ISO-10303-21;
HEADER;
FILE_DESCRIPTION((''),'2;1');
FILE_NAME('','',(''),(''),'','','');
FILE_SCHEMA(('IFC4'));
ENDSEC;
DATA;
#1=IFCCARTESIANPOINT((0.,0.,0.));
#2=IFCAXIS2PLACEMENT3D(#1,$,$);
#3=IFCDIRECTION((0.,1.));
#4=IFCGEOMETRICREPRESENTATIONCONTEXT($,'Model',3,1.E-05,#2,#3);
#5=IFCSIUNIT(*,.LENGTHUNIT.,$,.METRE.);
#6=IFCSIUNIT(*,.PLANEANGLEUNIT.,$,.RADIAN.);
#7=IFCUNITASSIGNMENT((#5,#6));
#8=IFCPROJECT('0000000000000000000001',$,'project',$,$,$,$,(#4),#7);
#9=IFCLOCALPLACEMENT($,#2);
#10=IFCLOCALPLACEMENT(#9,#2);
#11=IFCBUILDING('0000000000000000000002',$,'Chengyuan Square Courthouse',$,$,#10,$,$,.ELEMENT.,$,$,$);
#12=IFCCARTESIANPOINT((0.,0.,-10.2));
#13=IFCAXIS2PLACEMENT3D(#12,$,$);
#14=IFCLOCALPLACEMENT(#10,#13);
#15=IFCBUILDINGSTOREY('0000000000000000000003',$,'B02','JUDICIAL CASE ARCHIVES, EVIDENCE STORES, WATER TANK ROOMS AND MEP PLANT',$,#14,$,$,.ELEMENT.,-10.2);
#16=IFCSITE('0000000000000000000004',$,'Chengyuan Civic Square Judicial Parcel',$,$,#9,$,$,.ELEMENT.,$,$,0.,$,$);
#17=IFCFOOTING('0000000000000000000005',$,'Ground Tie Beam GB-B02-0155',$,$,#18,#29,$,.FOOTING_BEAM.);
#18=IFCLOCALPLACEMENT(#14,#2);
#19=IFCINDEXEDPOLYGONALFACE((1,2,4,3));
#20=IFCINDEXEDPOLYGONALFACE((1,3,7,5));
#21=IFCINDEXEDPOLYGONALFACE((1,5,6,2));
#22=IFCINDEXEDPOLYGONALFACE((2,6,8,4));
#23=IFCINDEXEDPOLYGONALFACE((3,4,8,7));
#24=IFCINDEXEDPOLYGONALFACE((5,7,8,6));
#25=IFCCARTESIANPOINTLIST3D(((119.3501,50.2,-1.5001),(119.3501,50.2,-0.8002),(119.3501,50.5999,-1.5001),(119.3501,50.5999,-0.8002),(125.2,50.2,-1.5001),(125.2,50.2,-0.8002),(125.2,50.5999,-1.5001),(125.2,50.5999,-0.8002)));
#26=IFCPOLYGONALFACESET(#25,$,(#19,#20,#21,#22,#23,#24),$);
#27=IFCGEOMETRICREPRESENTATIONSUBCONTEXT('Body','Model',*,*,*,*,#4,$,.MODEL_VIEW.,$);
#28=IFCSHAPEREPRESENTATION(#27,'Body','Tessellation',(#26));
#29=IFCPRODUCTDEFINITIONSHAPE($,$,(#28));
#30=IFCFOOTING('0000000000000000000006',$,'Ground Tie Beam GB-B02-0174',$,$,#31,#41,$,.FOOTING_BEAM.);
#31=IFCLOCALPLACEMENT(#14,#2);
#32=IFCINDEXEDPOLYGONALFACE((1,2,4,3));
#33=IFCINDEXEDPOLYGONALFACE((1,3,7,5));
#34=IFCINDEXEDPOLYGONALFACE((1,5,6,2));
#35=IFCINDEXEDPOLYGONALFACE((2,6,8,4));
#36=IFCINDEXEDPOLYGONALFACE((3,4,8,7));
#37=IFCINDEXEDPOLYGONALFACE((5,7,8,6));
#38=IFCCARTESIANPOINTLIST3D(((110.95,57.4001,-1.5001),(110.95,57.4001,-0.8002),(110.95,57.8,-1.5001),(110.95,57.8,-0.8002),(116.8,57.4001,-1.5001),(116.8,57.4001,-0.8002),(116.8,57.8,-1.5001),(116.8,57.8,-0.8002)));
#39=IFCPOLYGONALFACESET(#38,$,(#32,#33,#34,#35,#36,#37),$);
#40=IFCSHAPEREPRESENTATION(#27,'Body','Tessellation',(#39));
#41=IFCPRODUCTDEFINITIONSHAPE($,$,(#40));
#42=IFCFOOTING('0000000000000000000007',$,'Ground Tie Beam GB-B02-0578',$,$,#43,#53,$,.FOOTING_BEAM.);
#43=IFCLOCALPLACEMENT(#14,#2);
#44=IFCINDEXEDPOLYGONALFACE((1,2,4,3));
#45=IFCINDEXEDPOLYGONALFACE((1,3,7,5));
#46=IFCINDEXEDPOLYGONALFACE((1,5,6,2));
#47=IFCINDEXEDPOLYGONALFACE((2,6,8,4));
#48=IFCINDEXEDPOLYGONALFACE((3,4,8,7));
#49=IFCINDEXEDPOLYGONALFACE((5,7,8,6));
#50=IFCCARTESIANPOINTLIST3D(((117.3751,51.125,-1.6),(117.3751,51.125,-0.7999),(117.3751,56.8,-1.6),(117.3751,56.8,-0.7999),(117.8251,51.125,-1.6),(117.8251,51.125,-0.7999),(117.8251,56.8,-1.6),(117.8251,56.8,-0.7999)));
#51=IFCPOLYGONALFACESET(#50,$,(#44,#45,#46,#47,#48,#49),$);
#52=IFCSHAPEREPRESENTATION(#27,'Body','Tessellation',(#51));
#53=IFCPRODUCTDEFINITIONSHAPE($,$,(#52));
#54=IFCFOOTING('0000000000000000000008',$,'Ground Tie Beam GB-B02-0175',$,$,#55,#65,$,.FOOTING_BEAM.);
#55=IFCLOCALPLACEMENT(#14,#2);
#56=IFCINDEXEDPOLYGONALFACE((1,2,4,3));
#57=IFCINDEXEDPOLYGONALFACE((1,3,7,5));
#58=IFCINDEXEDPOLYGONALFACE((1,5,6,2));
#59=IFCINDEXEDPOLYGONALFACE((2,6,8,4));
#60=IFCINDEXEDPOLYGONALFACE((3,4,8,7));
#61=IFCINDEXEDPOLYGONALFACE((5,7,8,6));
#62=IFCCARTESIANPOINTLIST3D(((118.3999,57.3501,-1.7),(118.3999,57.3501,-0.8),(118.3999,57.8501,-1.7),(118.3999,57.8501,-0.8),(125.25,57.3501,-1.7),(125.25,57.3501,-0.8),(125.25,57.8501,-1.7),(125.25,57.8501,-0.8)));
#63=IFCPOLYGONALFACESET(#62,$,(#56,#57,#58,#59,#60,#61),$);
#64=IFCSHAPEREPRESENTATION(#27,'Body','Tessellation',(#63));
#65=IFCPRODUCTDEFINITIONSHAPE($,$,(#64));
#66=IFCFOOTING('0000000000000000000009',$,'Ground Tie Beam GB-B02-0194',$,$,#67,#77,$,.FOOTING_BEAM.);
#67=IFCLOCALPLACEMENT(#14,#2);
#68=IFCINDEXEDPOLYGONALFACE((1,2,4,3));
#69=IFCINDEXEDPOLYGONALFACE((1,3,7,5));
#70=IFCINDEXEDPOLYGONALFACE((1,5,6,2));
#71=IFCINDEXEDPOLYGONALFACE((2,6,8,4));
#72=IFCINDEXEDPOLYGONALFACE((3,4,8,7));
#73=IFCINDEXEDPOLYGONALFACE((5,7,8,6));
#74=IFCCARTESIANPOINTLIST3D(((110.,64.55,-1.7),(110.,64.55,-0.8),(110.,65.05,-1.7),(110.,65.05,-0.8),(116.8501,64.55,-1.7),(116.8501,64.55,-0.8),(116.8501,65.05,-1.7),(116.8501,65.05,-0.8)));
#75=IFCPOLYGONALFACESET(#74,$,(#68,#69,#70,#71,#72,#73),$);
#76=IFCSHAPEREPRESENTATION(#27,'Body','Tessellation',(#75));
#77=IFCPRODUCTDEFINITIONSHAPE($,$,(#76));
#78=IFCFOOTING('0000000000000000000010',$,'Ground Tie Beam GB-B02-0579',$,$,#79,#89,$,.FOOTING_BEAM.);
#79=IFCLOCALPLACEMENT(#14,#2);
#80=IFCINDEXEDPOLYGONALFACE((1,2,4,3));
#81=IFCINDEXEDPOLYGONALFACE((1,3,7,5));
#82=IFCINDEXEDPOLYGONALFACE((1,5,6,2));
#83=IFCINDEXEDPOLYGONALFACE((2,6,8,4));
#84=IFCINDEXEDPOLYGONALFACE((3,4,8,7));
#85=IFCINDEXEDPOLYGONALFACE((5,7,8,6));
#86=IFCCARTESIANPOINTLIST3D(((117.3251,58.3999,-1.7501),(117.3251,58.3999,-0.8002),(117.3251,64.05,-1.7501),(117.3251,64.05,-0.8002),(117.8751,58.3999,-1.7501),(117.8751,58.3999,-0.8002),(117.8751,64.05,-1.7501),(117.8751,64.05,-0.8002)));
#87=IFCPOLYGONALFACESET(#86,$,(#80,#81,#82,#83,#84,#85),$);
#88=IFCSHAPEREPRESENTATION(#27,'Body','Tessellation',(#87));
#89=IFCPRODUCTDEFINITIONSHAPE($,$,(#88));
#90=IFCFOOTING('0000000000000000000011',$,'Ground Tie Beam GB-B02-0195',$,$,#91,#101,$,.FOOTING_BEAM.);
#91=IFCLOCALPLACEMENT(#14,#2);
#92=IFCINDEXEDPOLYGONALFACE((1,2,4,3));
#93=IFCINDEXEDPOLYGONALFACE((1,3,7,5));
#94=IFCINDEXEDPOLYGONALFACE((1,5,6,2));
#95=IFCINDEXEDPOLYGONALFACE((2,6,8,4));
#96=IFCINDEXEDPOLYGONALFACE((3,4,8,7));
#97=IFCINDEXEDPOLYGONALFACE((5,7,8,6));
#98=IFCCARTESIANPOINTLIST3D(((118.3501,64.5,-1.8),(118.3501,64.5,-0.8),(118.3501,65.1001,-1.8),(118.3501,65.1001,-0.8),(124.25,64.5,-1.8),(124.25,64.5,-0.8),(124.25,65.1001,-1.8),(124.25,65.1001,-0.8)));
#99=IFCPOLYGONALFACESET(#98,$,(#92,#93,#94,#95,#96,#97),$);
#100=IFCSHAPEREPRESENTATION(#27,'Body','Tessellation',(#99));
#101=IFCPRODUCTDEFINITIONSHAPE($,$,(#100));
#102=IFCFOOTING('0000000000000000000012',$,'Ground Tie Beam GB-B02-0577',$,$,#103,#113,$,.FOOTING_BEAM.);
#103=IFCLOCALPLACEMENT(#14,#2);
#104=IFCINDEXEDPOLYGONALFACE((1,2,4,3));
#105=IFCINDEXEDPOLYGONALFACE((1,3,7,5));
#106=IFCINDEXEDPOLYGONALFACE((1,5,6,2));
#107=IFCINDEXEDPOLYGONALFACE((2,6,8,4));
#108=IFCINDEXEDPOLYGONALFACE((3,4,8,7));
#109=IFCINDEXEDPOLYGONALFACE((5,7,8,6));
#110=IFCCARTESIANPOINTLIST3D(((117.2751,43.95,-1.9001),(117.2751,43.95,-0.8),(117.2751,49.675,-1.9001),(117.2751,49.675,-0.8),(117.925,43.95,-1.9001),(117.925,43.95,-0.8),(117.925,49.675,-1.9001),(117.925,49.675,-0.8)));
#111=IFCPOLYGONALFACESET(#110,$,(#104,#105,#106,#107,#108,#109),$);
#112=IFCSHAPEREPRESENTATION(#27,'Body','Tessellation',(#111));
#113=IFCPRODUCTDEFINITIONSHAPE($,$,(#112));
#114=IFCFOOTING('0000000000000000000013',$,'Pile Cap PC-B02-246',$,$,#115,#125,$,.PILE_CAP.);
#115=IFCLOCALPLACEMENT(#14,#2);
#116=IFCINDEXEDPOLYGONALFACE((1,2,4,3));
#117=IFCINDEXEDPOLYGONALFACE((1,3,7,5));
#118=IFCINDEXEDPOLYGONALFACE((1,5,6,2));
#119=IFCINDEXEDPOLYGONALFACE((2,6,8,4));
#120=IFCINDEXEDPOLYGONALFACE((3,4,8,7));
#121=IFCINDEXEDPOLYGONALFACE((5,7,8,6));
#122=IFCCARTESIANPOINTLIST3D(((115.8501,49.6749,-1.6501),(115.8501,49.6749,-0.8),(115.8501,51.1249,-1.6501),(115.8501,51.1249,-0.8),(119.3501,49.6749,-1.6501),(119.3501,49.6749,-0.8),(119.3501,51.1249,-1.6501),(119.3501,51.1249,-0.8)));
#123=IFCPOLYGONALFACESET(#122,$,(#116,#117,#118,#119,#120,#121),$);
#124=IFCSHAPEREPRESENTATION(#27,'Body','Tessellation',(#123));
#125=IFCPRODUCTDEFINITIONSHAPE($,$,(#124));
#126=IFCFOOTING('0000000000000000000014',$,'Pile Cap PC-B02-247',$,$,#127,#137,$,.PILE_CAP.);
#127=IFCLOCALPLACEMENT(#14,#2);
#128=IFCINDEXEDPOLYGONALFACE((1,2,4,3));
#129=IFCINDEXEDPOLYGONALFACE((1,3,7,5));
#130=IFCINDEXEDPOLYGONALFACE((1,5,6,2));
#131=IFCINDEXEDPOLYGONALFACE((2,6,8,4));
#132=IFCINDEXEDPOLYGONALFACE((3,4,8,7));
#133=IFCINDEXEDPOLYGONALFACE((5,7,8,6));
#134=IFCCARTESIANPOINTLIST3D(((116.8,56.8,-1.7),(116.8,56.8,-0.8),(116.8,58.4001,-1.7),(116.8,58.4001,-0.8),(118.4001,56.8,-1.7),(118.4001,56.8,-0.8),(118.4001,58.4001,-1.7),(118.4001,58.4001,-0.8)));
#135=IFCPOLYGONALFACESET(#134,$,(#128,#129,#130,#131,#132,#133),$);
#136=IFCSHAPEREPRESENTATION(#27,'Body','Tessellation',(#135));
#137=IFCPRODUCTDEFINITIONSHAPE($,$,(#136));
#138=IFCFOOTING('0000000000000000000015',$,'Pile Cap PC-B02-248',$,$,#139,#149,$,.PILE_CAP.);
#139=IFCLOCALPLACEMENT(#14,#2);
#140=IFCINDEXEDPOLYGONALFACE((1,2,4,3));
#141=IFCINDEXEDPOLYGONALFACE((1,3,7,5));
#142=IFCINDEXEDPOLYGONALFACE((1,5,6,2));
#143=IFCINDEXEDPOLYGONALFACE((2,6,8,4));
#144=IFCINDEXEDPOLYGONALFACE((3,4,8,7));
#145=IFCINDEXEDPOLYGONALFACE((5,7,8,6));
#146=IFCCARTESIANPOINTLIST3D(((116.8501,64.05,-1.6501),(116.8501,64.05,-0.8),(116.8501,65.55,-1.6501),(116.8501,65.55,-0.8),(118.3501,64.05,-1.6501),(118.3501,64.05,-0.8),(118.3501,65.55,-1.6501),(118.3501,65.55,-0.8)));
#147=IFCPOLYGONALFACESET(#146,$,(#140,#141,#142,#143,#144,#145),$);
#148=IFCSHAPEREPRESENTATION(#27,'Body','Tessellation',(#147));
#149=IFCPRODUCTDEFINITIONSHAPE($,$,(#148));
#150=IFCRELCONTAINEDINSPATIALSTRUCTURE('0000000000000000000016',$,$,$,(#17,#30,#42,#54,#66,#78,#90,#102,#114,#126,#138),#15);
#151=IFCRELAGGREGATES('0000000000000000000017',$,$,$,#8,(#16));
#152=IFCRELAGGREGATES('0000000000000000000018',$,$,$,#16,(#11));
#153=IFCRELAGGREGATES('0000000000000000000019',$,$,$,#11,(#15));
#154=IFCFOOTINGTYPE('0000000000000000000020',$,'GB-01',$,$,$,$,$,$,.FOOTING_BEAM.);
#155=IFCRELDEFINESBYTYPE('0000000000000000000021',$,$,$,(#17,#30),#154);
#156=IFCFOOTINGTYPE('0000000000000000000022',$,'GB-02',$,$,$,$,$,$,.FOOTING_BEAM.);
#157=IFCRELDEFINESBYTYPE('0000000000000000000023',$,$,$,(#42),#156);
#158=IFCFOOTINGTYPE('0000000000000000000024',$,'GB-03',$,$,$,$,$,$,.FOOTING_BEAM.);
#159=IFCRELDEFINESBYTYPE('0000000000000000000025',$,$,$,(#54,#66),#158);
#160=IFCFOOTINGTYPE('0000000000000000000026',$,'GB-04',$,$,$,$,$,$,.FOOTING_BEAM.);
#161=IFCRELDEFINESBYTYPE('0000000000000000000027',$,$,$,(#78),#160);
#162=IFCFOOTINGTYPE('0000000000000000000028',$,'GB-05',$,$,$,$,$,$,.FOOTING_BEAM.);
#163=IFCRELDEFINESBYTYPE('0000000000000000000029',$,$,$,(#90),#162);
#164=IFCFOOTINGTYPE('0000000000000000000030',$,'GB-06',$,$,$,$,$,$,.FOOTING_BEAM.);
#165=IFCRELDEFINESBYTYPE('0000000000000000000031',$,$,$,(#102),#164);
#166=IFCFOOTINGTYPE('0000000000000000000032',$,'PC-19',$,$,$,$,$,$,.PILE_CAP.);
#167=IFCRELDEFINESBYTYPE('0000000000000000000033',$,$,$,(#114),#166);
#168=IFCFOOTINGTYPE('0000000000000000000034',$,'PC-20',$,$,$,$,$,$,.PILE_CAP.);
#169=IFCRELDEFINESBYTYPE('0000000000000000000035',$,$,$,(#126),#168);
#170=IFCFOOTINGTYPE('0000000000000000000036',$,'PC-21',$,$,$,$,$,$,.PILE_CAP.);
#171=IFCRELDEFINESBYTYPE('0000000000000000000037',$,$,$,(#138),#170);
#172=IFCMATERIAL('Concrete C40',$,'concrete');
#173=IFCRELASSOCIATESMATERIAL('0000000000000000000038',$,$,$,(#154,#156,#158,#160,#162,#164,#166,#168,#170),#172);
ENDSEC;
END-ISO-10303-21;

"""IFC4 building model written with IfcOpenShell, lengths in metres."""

from ifc_helpers import new_model, si_unit, direction, frame, origin, origin_2d, place, context, subcontext, project, spatial, rectangle, extrude, material, material_profile, profile_set, type_object, element, save


model = new_model("IFC4")

# Units and contexts
model_context = context("Model", 3, precision=1e-05, world=origin(), true_north=direction((0.0, 1.0)))
body_context = subcontext(model_context, "Body", "Model", "MODEL_VIEW")
ifc_project = project(units=[si_unit("LENGTHUNIT", "METRE"), si_unit("PLANEANGLEUNIT", "RADIAN")], contexts=[model_context])

# Site, building, storey
site_placement = place(None, origin())
site = spatial("IfcSite", under=ifc_project, at=site_placement, Name="Chengyuan Civic Square Judicial Parcel", CompositionType="ELEMENT", RefElevation=0.0)
building_placement = place(site_placement, origin())
building = spatial("IfcBuilding", under=site, at=building_placement, Name="Chengyuan Square Courthouse", CompositionType="ELEMENT")
storey_placement = place(building_placement, frame((0.0, 0.0, -10.2)))
storey = spatial("IfcBuildingStorey", under=building, at=storey_placement, Name="B02", Description="JUDICIAL CASE ARCHIVES, EVIDENCE STORES, WATER TANK ROOMS AND MEP PLANT", CompositionType="ELEMENT", Elevation=-10.2)

# Footings
ifc_material_1 = material(Name="Concrete C40", Category="concrete")
ifc_material_profile_1 = material_profile(ifc_material_1, rectangle(XDim=0.3999, YDim=0.7, at=origin_2d()), Name="GB-400x700")
ifc_profile_set_1 = profile_set([ifc_material_profile_1], Name="Concrete C40")
footing_type_1 = type_object("IfcFootingType", Name="GB-01", PredefinedType="FOOTING_BEAM", material=ifc_profile_set_1)
footing_1_placement = place(storey_placement, frame((119.3501, 50.3999, -1.1501), z_axis=(1.0, 0.0, 0.0), x_axis=(0.0, 1.0, 0.0)))
element("IfcFooting", 1, at=footing_1_placement, inside=storey, type_object=footing_type_1, Name="Ground Tie Beam GB-B02-0155", PredefinedType="FOOTING_BEAM", context=body_context, shape_type="SweptSolid", body=[
    extrude(rectangle(XDim=0.3999, YDim=0.7, at=origin_2d()), origin(), (0.0, 0.0, 1.0), 5.8499),
])
footing_2_placement = place(storey_placement, frame((110.95, 57.6001, -1.1501), z_axis=(1.0, 0.0, 0.0), x_axis=(0.0, 1.0, 0.0)))
element("IfcFooting", 2, at=footing_2_placement, inside=storey, type_object=footing_type_1, Name="Ground Tie Beam GB-B02-0174", PredefinedType="FOOTING_BEAM", context=body_context, shape_type="SweptSolid", body=[
    extrude(rectangle(XDim=0.3999, YDim=0.7, at=origin_2d()), origin(), (0.0, 0.0, 1.0), 5.8501),
])
ifc_material_profile_2 = material_profile(ifc_material_1, rectangle(XDim=0.45, YDim=0.8, at=origin_2d()), Name="GB-450x800")
ifc_profile_set_2 = profile_set([ifc_material_profile_2], Name="Concrete C40")
footing_type_2 = type_object("IfcFootingType", Name="GB-02", PredefinedType="FOOTING_BEAM", material=ifc_profile_set_2)
footing_3_placement = place(storey_placement, frame((117.6001, 51.125, -1.2), z_axis=(0.0, 1.0, 0.0), x_axis=(-1.0, 0.0, 0.0)))
element("IfcFooting", 3, at=footing_3_placement, inside=storey, type_object=footing_type_2, Name="Ground Tie Beam GB-B02-0578", PredefinedType="FOOTING_BEAM", context=body_context, shape_type="SweptSolid", body=[
    extrude(rectangle(XDim=0.45, YDim=0.8, at=origin_2d()), origin(), (0.0, 0.0, 1.0), 5.675),
])
ifc_material_profile_3 = material_profile(ifc_material_1, rectangle(XDim=0.5, YDim=0.8999, at=origin_2d()), Name="GB-500x900")
ifc_profile_set_3 = profile_set([ifc_material_profile_3], Name="Concrete C40")
footing_type_3 = type_object("IfcFootingType", Name="GB-03", PredefinedType="FOOTING_BEAM", material=ifc_profile_set_3)
for number, where, z_axis, x_axis, name in (
    (4, (118.3999, 57.6001, -1.25), (1.0, 0.0, 0.0), (0.0, 1.0, 0.0), "Ground Tie Beam GB-B02-0175"),
    (5, (110.0, 64.8, -1.25), (1.0, 0.0, 0.0), (0.0, 1.0, 0.0), "Ground Tie Beam GB-B02-0194"),
):
    element("IfcFooting", number, at=place(storey_placement, frame(where, z_axis=z_axis, x_axis=x_axis)), inside=storey, type_object=footing_type_3, Name=name, PredefinedType="FOOTING_BEAM", context=body_context, shape_type="SweptSolid", body=[
        extrude(rectangle(XDim=0.5, YDim=0.8999, at=origin_2d()), origin(), (0.0, 0.0, 1.0), 6.8501),
    ])
ifc_material_profile_4 = material_profile(ifc_material_1, rectangle(XDim=0.55, YDim=0.95, at=origin_2d()), Name="GB-550x950")
ifc_profile_set_4 = profile_set([ifc_material_profile_4], Name="Concrete C40")
footing_type_4 = type_object("IfcFootingType", Name="GB-04", PredefinedType="FOOTING_BEAM", material=ifc_profile_set_4)
footing_4_placement = place(storey_placement, frame((117.6001, 58.3999, -1.2751), z_axis=(0.0, 1.0, 0.0), x_axis=(-1.0, 0.0, 0.0)))
element("IfcFooting", 6, at=footing_4_placement, inside=storey, type_object=footing_type_4, Name="Ground Tie Beam GB-B02-0579", PredefinedType="FOOTING_BEAM", context=body_context, shape_type="SweptSolid", body=[
    extrude(rectangle(XDim=0.55, YDim=0.95, at=origin_2d()), origin(), (0.0, 0.0, 1.0), 5.6501),
])
ifc_material_profile_5 = material_profile(ifc_material_1, rectangle(XDim=0.6001, YDim=1.0, at=origin_2d()), Name="GB-600x1000")
ifc_profile_set_5 = profile_set([ifc_material_profile_5], Name="Concrete C40")
footing_type_5 = type_object("IfcFootingType", Name="GB-05", PredefinedType="FOOTING_BEAM", material=ifc_profile_set_5)
footing_5_placement = place(storey_placement, frame((118.3501, 64.8, -1.3), z_axis=(1.0, 0.0, 0.0), x_axis=(0.0, 1.0, 0.0)))
element("IfcFooting", 7, at=footing_5_placement, inside=storey, type_object=footing_type_5, Name="Ground Tie Beam GB-B02-0195", PredefinedType="FOOTING_BEAM", context=body_context, shape_type="SweptSolid", body=[
    extrude(rectangle(XDim=0.6001, YDim=1.0, at=origin_2d()), origin(), (0.0, 0.0, 1.0), 5.8999),
])
ifc_material_profile_6 = material_profile(ifc_material_1, rectangle(XDim=0.6499, YDim=1.1001, at=origin_2d()), Name="GB-650x1100")
ifc_profile_set_6 = profile_set([ifc_material_profile_6], Name="Concrete C40")
footing_type_6 = type_object("IfcFootingType", Name="GB-06", PredefinedType="FOOTING_BEAM", material=ifc_profile_set_6)
footing_6_placement = place(storey_placement, frame((117.6001, 43.95, -1.3501), z_axis=(0.0, 1.0, 0.0), x_axis=(-1.0, 0.0, 0.0)))
element("IfcFooting", 8, at=footing_6_placement, inside=storey, type_object=footing_type_6, Name="Ground Tie Beam GB-B02-0577", PredefinedType="FOOTING_BEAM", context=body_context, shape_type="SweptSolid", body=[
    extrude(rectangle(XDim=0.6499, YDim=1.1001, at=origin_2d()), origin(), (0.0, 0.0, 1.0), 5.7251),
])
footing_type_7 = type_object("IfcFootingType", Name="PC-19", PredefinedType="PILE_CAP", material=ifc_material_1)
footing_7_placement = place(storey_placement, frame((117.6001, 50.3999, -1.6501), z_axis=(0.0, 0.0, 1.0), x_axis=(1.0, 0.0, 0.0)))
element("IfcFooting", 9, at=footing_7_placement, inside=storey, type_object=footing_type_7, Name="Pile Cap PC-B02-246", PredefinedType="PILE_CAP", context=body_context, shape_type="SweptSolid", body=[
    extrude(rectangle(XDim=3.5, YDim=1.45, at=origin_2d()), origin(), (0.0, 0.0, 1.0), 0.8501),
])
footing_type_8 = type_object("IfcFootingType", Name="PC-20", PredefinedType="PILE_CAP", material=ifc_material_1)
footing_8_placement = place(storey_placement, frame((117.6001, 57.6001, -1.7), z_axis=(0.0, 0.0, 1.0), x_axis=(1.0, 0.0, 0.0)))
element("IfcFooting", 10, at=footing_8_placement, inside=storey, type_object=footing_type_8, Name="Pile Cap PC-B02-247", PredefinedType="PILE_CAP", context=body_context, shape_type="SweptSolid", body=[
    extrude(rectangle(XDim=1.6001, YDim=1.6001, at=origin_2d()), origin(), (0.0, 0.0, 1.0), 0.8999),
])
footing_type_9 = type_object("IfcFootingType", Name="PC-21", PredefinedType="PILE_CAP", material=ifc_material_1)
footing_9_placement = place(storey_placement, frame((117.6001, 64.8, -1.6501), z_axis=(0.0, 0.0, 1.0), x_axis=(1.0, 0.0, 0.0)))
element("IfcFooting", 11, at=footing_9_placement, inside=storey, type_object=footing_type_9, Name="Pile Cap PC-B02-248", PredefinedType="PILE_CAP", context=body_context, shape_type="SweptSolid", body=[
    extrude(rectangle(XDim=1.5, YDim=1.5, at=origin_2d()), origin(), (0.0, 0.0, 1.0), 0.8501),
])

save(model, "model.ifc")
